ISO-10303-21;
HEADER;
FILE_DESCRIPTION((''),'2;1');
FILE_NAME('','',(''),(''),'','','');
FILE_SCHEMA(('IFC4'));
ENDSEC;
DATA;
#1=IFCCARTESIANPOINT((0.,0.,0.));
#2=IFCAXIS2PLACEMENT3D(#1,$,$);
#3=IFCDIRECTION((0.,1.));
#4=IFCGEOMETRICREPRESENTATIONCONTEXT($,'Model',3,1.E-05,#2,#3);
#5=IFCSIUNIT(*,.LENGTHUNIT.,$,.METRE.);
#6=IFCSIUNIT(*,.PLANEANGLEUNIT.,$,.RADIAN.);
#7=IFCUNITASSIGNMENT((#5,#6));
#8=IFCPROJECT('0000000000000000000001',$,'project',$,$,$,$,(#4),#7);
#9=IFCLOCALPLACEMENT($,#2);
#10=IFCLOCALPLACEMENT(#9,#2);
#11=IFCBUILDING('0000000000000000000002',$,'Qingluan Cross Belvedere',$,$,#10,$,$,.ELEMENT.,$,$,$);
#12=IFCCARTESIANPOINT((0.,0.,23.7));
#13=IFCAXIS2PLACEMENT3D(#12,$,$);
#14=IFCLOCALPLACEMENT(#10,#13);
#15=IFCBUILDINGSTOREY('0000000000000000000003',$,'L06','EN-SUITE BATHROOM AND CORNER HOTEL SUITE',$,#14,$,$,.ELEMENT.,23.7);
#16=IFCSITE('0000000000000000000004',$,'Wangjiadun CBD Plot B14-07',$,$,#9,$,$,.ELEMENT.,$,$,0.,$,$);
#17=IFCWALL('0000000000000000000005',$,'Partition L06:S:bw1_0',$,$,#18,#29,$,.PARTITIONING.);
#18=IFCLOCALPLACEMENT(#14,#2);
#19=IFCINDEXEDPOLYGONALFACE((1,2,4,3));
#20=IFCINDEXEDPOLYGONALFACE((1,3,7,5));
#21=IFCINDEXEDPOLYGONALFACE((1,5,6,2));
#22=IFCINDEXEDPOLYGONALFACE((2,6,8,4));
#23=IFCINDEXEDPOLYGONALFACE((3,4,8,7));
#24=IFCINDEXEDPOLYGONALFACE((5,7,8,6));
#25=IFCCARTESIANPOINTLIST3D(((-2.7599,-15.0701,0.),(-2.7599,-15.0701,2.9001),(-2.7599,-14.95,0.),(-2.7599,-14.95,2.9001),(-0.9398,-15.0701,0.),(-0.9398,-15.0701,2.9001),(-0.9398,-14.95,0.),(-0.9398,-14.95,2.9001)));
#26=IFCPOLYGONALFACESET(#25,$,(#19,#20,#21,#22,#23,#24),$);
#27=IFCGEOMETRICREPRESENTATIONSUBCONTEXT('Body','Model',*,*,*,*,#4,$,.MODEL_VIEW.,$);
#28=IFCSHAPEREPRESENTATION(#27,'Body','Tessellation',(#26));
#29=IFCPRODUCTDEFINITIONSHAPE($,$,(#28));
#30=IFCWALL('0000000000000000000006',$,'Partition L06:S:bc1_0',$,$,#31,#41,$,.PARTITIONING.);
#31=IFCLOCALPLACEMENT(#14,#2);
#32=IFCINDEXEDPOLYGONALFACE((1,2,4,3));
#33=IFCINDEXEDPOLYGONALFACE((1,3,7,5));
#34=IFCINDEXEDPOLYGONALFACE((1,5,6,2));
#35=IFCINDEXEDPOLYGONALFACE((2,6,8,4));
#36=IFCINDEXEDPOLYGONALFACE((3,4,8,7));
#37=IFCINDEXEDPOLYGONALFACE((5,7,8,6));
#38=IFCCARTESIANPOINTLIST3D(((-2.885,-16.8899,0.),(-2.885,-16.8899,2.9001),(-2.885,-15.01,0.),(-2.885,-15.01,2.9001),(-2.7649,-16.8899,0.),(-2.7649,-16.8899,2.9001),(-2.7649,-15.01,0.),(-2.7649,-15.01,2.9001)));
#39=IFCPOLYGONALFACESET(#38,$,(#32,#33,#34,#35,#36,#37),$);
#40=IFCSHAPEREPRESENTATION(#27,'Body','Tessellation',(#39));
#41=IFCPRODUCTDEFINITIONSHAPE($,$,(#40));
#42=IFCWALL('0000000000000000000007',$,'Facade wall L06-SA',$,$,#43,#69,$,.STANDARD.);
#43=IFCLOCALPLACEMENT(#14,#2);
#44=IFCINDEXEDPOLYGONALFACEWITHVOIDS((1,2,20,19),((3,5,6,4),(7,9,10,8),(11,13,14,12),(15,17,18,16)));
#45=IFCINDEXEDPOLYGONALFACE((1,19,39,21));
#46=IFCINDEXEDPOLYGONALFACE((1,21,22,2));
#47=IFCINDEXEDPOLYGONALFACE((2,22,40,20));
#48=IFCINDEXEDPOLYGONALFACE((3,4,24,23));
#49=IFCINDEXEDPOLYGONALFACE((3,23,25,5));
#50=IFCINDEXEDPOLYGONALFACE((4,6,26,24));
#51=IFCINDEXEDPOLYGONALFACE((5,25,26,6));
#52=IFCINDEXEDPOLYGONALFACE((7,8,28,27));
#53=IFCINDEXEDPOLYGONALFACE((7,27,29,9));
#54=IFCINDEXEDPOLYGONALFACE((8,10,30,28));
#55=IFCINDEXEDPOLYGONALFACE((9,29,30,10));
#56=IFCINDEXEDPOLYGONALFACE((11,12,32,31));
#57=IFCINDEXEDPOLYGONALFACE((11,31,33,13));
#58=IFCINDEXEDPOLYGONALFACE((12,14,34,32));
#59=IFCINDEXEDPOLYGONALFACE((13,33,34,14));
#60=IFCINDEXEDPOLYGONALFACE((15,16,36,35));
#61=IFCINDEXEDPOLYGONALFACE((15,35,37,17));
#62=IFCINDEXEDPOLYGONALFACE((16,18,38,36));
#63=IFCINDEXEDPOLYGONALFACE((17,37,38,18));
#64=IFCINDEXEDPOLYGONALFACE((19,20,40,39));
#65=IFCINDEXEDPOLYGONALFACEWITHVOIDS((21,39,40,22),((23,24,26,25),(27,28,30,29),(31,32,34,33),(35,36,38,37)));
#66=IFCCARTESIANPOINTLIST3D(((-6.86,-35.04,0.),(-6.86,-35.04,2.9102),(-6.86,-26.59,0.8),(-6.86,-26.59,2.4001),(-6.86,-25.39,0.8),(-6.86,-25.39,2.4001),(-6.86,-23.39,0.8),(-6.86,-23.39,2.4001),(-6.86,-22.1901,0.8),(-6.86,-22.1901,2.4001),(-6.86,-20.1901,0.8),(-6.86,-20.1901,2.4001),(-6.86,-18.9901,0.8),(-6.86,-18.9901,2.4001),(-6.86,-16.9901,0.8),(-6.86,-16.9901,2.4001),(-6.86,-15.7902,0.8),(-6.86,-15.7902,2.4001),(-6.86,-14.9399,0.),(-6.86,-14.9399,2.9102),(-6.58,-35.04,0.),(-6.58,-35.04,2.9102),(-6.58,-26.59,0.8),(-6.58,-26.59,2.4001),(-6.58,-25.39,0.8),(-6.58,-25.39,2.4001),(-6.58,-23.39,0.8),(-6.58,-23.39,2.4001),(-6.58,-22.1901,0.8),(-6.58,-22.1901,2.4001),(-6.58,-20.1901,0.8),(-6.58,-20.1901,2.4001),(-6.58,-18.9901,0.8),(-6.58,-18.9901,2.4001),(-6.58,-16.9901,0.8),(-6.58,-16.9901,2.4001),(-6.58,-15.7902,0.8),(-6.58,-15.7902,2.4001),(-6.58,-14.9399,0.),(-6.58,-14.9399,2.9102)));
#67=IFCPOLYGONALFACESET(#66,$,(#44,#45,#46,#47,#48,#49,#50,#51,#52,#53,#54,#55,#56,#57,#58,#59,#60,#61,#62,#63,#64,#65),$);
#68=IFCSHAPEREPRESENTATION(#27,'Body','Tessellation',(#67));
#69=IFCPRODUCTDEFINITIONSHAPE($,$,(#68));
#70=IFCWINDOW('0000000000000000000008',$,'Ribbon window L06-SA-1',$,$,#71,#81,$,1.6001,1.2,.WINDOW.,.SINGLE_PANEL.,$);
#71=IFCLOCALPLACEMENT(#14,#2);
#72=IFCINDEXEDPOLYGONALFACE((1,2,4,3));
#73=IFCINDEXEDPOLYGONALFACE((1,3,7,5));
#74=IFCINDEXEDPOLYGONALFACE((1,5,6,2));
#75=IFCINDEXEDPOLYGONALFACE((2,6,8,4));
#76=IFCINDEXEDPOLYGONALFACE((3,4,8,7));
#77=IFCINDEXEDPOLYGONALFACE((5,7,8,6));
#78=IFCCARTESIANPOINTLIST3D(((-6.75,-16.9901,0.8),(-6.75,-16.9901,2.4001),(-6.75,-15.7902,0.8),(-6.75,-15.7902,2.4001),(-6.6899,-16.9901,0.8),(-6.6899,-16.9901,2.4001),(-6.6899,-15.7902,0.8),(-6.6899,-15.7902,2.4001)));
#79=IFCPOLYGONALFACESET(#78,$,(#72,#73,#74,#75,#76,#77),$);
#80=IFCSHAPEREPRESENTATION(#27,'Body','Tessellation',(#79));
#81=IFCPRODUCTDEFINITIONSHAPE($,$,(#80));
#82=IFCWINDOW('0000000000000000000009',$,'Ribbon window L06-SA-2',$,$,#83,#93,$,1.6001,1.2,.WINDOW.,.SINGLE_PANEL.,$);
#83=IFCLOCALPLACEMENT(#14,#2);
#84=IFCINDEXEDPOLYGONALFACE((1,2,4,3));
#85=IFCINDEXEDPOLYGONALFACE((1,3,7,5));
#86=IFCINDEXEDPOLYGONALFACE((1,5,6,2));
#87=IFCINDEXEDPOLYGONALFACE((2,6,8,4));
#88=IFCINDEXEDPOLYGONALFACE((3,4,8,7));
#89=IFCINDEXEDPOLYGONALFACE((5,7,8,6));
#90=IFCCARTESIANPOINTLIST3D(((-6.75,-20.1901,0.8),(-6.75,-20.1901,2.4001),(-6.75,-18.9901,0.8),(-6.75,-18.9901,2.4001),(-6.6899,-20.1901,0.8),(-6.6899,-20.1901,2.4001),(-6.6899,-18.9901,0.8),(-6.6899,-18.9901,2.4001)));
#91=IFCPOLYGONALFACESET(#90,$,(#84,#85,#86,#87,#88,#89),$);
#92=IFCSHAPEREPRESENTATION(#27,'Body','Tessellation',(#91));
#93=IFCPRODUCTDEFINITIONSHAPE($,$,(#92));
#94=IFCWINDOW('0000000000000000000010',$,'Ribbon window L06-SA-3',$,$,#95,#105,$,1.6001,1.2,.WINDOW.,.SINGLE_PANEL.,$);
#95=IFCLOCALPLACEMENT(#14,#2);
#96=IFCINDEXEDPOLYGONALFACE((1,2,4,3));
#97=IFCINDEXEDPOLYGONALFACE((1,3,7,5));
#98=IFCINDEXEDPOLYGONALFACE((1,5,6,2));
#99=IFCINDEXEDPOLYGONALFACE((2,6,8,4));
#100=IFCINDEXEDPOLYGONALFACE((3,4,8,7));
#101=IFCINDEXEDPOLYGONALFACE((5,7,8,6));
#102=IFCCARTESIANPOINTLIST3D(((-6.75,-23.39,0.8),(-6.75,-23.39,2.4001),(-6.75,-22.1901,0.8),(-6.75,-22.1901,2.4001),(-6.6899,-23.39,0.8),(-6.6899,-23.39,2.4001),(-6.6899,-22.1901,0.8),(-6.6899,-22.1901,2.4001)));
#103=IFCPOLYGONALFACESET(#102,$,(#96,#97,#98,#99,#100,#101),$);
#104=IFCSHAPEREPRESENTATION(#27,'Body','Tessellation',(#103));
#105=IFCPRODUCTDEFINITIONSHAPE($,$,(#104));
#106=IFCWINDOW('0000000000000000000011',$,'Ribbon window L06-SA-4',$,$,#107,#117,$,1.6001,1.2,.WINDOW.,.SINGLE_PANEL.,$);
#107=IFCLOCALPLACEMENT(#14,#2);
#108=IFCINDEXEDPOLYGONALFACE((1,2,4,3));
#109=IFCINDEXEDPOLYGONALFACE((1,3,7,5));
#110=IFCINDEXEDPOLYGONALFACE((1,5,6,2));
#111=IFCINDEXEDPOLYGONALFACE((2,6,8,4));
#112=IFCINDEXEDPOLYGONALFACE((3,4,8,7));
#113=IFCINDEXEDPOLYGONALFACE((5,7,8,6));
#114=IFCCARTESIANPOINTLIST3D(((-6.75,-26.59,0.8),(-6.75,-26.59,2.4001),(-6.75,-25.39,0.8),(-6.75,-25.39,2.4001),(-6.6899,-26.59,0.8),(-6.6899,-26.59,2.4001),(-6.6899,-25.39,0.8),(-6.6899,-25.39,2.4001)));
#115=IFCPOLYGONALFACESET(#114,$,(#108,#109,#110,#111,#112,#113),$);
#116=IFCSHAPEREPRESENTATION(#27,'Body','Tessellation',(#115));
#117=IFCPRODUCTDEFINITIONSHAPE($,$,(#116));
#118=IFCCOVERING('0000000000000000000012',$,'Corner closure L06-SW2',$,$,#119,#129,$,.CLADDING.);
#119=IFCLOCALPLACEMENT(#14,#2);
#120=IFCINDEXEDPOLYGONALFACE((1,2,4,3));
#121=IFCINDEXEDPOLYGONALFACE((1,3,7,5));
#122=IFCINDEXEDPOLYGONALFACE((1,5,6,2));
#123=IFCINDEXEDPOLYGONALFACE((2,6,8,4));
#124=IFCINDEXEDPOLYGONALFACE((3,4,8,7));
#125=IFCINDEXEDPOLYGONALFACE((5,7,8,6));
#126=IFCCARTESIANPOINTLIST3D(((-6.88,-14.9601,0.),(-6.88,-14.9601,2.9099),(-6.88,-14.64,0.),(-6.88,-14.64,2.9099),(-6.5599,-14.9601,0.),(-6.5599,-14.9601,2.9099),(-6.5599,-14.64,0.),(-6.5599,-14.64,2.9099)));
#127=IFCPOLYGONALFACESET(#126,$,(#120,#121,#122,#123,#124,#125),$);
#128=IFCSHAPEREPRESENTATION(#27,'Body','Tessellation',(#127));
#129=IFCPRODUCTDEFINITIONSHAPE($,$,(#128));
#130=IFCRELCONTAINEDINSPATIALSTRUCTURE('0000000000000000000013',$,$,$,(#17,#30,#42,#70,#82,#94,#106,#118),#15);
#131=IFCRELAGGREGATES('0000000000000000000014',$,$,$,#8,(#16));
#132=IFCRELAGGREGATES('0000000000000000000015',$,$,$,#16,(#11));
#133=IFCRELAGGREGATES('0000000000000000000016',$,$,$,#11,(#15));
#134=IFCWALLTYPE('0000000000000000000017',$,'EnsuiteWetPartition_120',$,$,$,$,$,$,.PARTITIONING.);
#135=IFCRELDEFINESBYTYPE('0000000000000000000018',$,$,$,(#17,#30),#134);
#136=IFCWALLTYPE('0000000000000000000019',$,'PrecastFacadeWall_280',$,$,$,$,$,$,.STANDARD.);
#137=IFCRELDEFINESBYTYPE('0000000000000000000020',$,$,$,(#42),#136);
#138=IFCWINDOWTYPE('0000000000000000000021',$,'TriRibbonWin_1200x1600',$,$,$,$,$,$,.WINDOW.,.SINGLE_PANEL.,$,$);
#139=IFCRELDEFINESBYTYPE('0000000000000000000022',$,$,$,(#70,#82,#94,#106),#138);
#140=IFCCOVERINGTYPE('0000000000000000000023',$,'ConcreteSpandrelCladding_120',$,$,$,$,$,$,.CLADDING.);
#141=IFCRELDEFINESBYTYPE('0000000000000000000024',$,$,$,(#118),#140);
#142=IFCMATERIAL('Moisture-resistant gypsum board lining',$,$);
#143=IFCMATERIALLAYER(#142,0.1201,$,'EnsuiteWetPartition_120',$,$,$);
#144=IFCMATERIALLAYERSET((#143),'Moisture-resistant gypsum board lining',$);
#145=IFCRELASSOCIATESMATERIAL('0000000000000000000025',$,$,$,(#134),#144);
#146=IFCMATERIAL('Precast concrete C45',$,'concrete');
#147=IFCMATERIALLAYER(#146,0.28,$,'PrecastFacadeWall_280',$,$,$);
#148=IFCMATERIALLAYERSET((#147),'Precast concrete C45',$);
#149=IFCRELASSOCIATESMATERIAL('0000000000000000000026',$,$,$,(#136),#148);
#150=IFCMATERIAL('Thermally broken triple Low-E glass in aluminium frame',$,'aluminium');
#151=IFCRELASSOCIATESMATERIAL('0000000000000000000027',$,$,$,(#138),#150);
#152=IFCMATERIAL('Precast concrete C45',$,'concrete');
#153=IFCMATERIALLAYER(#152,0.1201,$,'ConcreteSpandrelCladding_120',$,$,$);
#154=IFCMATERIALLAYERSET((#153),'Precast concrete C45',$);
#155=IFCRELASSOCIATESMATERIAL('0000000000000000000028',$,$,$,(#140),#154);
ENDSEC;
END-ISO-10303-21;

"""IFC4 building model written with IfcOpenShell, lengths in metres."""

from ifc_helpers import new_model, si_unit, direction, frame, frame_2d, origin, origin_2d, place, context, subcontext, project, spatial, rectangle, extrude, material, layer, layer_set, type_object, element, fill, save


model = new_model("IFC4")

# Units and contexts
model_context = context("Model", 3, precision=1e-05, world=origin(), true_north=direction((0.0, 1.0)))
body_context = subcontext(model_context, "Body", "Model", "MODEL_VIEW")
ifc_project = project(units=[si_unit("LENGTHUNIT", "METRE"), si_unit("PLANEANGLEUNIT", "RADIAN")], contexts=[model_context])

# Site, building, storey
site_placement = place(None, origin())
site = spatial("IfcSite", under=ifc_project, at=site_placement, Name="Wangjiadun CBD Plot B14-07", CompositionType="ELEMENT", RefElevation=0.0)
building_placement = place(site_placement, origin())
building = spatial("IfcBuilding", under=site, at=building_placement, Name="Qingluan Cross Belvedere", CompositionType="ELEMENT")
storey_placement = place(building_placement, frame((0.0, 0.0, 23.7)))
storey = spatial("IfcBuildingStorey", under=building, at=storey_placement, Name="L06", Description="EN-SUITE BATHROOM AND CORNER HOTEL SUITE", CompositionType="ELEMENT", Elevation=23.7)

# Walls
ifc_material_1 = material(Name="Moisture-resistant gypsum board lining")
ifc_layer_1 = layer(ifc_material_1, 0.1201, Name="EnsuiteWetPartition_120")
ifc_layer_set_1 = layer_set([ifc_layer_1], Name="Moisture-resistant gypsum board lining")
wall_type_1 = type_object("IfcWallType", Name="EnsuiteWetPartition_120", PredefinedType="PARTITIONING", material=ifc_layer_set_1)
wall_1_placement = place(storey_placement, frame((-2.76, -15.01, 0.0), z_axis=(0.0, 0.0, 1.0), x_axis=(1.0, 0.0, 0.0)))
element("IfcWall", 1, at=wall_1_placement, inside=storey, type_object=wall_type_1, Name="Partition L06:S:bw1_0", PredefinedType="PARTITIONING", context=body_context, shape_type="SweptSolid", body=[
    extrude(rectangle(XDim=1.8201, YDim=0.1201, at=frame_2d((0.9102, 0.0))), origin(), (0.0, 0.0, 1.0), 2.9001),
])
wall_2_placement = place(storey_placement, frame((-2.825, -15.01, 0.0), z_axis=(0.0, 0.0, 1.0), x_axis=(0.0, -1.0, 0.0)))
element("IfcWall", 2, at=wall_2_placement, inside=storey, type_object=wall_type_1, Name="Partition L06:S:bc1_0", PredefinedType="PARTITIONING", context=body_context, shape_type="SweptSolid", body=[
    extrude(rectangle(XDim=1.8799, YDim=0.1201, at=frame_2d((0.9399, 0.0))), origin(), (0.0, 0.0, 1.0), 2.9001),
])

# Wall, openings, windows
ifc_material_2 = material(Name="Precast concrete C45", Category="concrete")
ifc_layer_2 = layer(ifc_material_2, 0.28, Name="PrecastFacadeWall_280")
ifc_layer_set_2 = layer_set([ifc_layer_2], Name="Precast concrete C45")
wall_type_2 = type_object("IfcWallType", Name="PrecastFacadeWall_280", PredefinedType="STANDARD", material=ifc_layer_set_2)
wall_3_placement = place(storey_placement, frame((-6.72, -14.9399, 0.0), z_axis=(0.0, 0.0, 1.0), x_axis=(0.0, -1.0, 0.0)))
wall_3 = element("IfcWall", 3, at=wall_3_placement, inside=storey, type_object=wall_type_2, Name="Facade wall L06-SA", PredefinedType="STANDARD", context=body_context, shape_type="SweptSolid", body=[
    extrude(rectangle(XDim=20.1001, YDim=0.28, at=frame_2d((10.05, 0.0))), origin(), (0.0, 0.0, 1.0), 2.9102),
])
opening_1_placement = place(wall_3_placement, frame((0.8501, 0.0, 0.8)))
opening_1 = element("IfcOpeningElement", 4, at=opening_1_placement, cuts=wall_3, PredefinedType="OPENING", context=body_context, shape_type="SweptSolid", body=[
    extrude(rectangle(XDim=1.2, YDim=1.6001, at=frame_2d((0.6001, 0.8))), frame((0.0, 0.1499, 0.0), z_axis=(0.0, -1.0, 0.0), x_axis=(1.0, 0.0, 0.0)), (0.0, 0.0, 1.0), 0.3),
])
opening_2_placement = place(wall_3_placement, frame((4.05, 0.0, 0.8)))
opening_2 = element("IfcOpeningElement", 5, at=opening_2_placement, cuts=wall_3, PredefinedType="OPENING", context=body_context, shape_type="SweptSolid", body=[
    extrude(rectangle(XDim=1.2, YDim=1.6001, at=frame_2d((0.6001, 0.8))), frame((0.0, 0.1499, 0.0), z_axis=(0.0, -1.0, 0.0), x_axis=(1.0, 0.0, 0.0)), (0.0, 0.0, 1.0), 0.3),
])
opening_3_placement = place(wall_3_placement, frame((7.25, 0.0, 0.8)))
opening_3 = element("IfcOpeningElement", 6, at=opening_3_placement, cuts=wall_3, PredefinedType="OPENING", context=body_context, shape_type="SweptSolid", body=[
    extrude(rectangle(XDim=1.2, YDim=1.6001, at=frame_2d((0.6001, 0.8))), frame((0.0, 0.1499, 0.0), z_axis=(0.0, -1.0, 0.0), x_axis=(1.0, 0.0, 0.0)), (0.0, 0.0, 1.0), 0.3),
])
opening_4_placement = place(wall_3_placement, frame((10.45, 0.0, 0.8)))
opening_4 = element("IfcOpeningElement", 7, at=opening_4_placement, cuts=wall_3, PredefinedType="OPENING", context=body_context, shape_type="SweptSolid", body=[
    extrude(rectangle(XDim=1.2, YDim=1.6001, at=frame_2d((0.6001, 0.8))), frame((0.0, 0.1499, 0.0), z_axis=(0.0, -1.0, 0.0), x_axis=(1.0, 0.0, 0.0)), (0.0, 0.0, 1.0), 0.3),
])
ifc_material_3 = material(Name="Thermally broken triple Low-E glass in aluminium frame", Category="aluminium")
window_type = type_object("IfcWindowType", Name="TriRibbonWin_1200x1600", PartitioningType="SINGLE_PANEL", PredefinedType="WINDOW", material=ifc_material_3)
window_1_placement = place(opening_1_placement, origin())
window_1 = element("IfcWindow", 8, at=window_1_placement, inside=storey, type_object=window_type, Name="Ribbon window L06-SA-1", OverallHeight=1.6001, OverallWidth=1.2, PartitioningType="SINGLE_PANEL", PredefinedType="WINDOW", context=body_context, shape_type="SweptSolid", body=[
    extrude(rectangle(XDim=1.2, YDim=1.6001, at=frame_2d((0.6001, 0.8))), frame((0.0, 0.03, 0.0), z_axis=(0.0, -1.0, 0.0), x_axis=(1.0, 0.0, 0.0)), (0.0, 0.0, 1.0), 0.0601),
])
fill(opening_1, window_1)
window_2_placement = place(opening_2_placement, origin())
window_2 = element("IfcWindow", 9, at=window_2_placement, inside=storey, type_object=window_type, Name="Ribbon window L06-SA-2", OverallHeight=1.6001, OverallWidth=1.2, PartitioningType="SINGLE_PANEL", PredefinedType="WINDOW", context=body_context, shape_type="SweptSolid", body=[
    extrude(rectangle(XDim=1.2, YDim=1.6001, at=frame_2d((0.6001, 0.8))), frame((0.0, 0.03, 0.0), z_axis=(0.0, -1.0, 0.0), x_axis=(1.0, 0.0, 0.0)), (0.0, 0.0, 1.0), 0.0601),
])
fill(opening_2, window_2)
window_3_placement = place(opening_3_placement, origin())
window_3 = element("IfcWindow", 10, at=window_3_placement, inside=storey, type_object=window_type, Name="Ribbon window L06-SA-3", OverallHeight=1.6001, OverallWidth=1.2, PartitioningType="SINGLE_PANEL", PredefinedType="WINDOW", context=body_context, shape_type="SweptSolid", body=[
    extrude(rectangle(XDim=1.2, YDim=1.6001, at=frame_2d((0.6001, 0.8))), frame((0.0, 0.03, 0.0), z_axis=(0.0, -1.0, 0.0), x_axis=(1.0, 0.0, 0.0)), (0.0, 0.0, 1.0), 0.0601),
])
fill(opening_3, window_3)
window_4_placement = place(opening_4_placement, origin())
window_4 = element("IfcWindow", 11, at=window_4_placement, inside=storey, type_object=window_type, Name="Ribbon window L06-SA-4", OverallHeight=1.6001, OverallWidth=1.2, PartitioningType="SINGLE_PANEL", PredefinedType="WINDOW", context=body_context, shape_type="SweptSolid", body=[
    extrude(rectangle(XDim=1.2, YDim=1.6001, at=frame_2d((0.6001, 0.8))), frame((0.0, 0.03, 0.0), z_axis=(0.0, -1.0, 0.0), x_axis=(1.0, 0.0, 0.0)), (0.0, 0.0, 1.0), 0.0601),
])
fill(opening_4, window_4)

# Covering
ifc_material_4 = material(Name="Precast concrete C45", Category="concrete")
ifc_layer_3 = layer(ifc_material_4, 0.1201, Name="ConcreteSpandrelCladding_120")
ifc_layer_set_3 = layer_set([ifc_layer_3], Name="Precast concrete C45")
covering_type = type_object("IfcCoveringType", Name="ConcreteSpandrelCladding_120", PredefinedType="CLADDING", material=ifc_layer_set_3)
covering_placement = place(storey_placement, frame((-6.72, -14.8, 0.0), z_axis=(0.0, 0.0, 1.0), x_axis=(1.0, 0.0, 0.0)))
element("IfcCovering", 12, at=covering_placement, inside=storey, type_object=covering_type, Name="Corner closure L06-SW2", PredefinedType="CLADDING", context=body_context, shape_type="SweptSolid", body=[
    extrude(rectangle(XDim=0.3201, YDim=0.3201, at=origin_2d()), origin(), (0.0, 0.0, 1.0), 2.9099),
])

save(model, "model.ifc")
